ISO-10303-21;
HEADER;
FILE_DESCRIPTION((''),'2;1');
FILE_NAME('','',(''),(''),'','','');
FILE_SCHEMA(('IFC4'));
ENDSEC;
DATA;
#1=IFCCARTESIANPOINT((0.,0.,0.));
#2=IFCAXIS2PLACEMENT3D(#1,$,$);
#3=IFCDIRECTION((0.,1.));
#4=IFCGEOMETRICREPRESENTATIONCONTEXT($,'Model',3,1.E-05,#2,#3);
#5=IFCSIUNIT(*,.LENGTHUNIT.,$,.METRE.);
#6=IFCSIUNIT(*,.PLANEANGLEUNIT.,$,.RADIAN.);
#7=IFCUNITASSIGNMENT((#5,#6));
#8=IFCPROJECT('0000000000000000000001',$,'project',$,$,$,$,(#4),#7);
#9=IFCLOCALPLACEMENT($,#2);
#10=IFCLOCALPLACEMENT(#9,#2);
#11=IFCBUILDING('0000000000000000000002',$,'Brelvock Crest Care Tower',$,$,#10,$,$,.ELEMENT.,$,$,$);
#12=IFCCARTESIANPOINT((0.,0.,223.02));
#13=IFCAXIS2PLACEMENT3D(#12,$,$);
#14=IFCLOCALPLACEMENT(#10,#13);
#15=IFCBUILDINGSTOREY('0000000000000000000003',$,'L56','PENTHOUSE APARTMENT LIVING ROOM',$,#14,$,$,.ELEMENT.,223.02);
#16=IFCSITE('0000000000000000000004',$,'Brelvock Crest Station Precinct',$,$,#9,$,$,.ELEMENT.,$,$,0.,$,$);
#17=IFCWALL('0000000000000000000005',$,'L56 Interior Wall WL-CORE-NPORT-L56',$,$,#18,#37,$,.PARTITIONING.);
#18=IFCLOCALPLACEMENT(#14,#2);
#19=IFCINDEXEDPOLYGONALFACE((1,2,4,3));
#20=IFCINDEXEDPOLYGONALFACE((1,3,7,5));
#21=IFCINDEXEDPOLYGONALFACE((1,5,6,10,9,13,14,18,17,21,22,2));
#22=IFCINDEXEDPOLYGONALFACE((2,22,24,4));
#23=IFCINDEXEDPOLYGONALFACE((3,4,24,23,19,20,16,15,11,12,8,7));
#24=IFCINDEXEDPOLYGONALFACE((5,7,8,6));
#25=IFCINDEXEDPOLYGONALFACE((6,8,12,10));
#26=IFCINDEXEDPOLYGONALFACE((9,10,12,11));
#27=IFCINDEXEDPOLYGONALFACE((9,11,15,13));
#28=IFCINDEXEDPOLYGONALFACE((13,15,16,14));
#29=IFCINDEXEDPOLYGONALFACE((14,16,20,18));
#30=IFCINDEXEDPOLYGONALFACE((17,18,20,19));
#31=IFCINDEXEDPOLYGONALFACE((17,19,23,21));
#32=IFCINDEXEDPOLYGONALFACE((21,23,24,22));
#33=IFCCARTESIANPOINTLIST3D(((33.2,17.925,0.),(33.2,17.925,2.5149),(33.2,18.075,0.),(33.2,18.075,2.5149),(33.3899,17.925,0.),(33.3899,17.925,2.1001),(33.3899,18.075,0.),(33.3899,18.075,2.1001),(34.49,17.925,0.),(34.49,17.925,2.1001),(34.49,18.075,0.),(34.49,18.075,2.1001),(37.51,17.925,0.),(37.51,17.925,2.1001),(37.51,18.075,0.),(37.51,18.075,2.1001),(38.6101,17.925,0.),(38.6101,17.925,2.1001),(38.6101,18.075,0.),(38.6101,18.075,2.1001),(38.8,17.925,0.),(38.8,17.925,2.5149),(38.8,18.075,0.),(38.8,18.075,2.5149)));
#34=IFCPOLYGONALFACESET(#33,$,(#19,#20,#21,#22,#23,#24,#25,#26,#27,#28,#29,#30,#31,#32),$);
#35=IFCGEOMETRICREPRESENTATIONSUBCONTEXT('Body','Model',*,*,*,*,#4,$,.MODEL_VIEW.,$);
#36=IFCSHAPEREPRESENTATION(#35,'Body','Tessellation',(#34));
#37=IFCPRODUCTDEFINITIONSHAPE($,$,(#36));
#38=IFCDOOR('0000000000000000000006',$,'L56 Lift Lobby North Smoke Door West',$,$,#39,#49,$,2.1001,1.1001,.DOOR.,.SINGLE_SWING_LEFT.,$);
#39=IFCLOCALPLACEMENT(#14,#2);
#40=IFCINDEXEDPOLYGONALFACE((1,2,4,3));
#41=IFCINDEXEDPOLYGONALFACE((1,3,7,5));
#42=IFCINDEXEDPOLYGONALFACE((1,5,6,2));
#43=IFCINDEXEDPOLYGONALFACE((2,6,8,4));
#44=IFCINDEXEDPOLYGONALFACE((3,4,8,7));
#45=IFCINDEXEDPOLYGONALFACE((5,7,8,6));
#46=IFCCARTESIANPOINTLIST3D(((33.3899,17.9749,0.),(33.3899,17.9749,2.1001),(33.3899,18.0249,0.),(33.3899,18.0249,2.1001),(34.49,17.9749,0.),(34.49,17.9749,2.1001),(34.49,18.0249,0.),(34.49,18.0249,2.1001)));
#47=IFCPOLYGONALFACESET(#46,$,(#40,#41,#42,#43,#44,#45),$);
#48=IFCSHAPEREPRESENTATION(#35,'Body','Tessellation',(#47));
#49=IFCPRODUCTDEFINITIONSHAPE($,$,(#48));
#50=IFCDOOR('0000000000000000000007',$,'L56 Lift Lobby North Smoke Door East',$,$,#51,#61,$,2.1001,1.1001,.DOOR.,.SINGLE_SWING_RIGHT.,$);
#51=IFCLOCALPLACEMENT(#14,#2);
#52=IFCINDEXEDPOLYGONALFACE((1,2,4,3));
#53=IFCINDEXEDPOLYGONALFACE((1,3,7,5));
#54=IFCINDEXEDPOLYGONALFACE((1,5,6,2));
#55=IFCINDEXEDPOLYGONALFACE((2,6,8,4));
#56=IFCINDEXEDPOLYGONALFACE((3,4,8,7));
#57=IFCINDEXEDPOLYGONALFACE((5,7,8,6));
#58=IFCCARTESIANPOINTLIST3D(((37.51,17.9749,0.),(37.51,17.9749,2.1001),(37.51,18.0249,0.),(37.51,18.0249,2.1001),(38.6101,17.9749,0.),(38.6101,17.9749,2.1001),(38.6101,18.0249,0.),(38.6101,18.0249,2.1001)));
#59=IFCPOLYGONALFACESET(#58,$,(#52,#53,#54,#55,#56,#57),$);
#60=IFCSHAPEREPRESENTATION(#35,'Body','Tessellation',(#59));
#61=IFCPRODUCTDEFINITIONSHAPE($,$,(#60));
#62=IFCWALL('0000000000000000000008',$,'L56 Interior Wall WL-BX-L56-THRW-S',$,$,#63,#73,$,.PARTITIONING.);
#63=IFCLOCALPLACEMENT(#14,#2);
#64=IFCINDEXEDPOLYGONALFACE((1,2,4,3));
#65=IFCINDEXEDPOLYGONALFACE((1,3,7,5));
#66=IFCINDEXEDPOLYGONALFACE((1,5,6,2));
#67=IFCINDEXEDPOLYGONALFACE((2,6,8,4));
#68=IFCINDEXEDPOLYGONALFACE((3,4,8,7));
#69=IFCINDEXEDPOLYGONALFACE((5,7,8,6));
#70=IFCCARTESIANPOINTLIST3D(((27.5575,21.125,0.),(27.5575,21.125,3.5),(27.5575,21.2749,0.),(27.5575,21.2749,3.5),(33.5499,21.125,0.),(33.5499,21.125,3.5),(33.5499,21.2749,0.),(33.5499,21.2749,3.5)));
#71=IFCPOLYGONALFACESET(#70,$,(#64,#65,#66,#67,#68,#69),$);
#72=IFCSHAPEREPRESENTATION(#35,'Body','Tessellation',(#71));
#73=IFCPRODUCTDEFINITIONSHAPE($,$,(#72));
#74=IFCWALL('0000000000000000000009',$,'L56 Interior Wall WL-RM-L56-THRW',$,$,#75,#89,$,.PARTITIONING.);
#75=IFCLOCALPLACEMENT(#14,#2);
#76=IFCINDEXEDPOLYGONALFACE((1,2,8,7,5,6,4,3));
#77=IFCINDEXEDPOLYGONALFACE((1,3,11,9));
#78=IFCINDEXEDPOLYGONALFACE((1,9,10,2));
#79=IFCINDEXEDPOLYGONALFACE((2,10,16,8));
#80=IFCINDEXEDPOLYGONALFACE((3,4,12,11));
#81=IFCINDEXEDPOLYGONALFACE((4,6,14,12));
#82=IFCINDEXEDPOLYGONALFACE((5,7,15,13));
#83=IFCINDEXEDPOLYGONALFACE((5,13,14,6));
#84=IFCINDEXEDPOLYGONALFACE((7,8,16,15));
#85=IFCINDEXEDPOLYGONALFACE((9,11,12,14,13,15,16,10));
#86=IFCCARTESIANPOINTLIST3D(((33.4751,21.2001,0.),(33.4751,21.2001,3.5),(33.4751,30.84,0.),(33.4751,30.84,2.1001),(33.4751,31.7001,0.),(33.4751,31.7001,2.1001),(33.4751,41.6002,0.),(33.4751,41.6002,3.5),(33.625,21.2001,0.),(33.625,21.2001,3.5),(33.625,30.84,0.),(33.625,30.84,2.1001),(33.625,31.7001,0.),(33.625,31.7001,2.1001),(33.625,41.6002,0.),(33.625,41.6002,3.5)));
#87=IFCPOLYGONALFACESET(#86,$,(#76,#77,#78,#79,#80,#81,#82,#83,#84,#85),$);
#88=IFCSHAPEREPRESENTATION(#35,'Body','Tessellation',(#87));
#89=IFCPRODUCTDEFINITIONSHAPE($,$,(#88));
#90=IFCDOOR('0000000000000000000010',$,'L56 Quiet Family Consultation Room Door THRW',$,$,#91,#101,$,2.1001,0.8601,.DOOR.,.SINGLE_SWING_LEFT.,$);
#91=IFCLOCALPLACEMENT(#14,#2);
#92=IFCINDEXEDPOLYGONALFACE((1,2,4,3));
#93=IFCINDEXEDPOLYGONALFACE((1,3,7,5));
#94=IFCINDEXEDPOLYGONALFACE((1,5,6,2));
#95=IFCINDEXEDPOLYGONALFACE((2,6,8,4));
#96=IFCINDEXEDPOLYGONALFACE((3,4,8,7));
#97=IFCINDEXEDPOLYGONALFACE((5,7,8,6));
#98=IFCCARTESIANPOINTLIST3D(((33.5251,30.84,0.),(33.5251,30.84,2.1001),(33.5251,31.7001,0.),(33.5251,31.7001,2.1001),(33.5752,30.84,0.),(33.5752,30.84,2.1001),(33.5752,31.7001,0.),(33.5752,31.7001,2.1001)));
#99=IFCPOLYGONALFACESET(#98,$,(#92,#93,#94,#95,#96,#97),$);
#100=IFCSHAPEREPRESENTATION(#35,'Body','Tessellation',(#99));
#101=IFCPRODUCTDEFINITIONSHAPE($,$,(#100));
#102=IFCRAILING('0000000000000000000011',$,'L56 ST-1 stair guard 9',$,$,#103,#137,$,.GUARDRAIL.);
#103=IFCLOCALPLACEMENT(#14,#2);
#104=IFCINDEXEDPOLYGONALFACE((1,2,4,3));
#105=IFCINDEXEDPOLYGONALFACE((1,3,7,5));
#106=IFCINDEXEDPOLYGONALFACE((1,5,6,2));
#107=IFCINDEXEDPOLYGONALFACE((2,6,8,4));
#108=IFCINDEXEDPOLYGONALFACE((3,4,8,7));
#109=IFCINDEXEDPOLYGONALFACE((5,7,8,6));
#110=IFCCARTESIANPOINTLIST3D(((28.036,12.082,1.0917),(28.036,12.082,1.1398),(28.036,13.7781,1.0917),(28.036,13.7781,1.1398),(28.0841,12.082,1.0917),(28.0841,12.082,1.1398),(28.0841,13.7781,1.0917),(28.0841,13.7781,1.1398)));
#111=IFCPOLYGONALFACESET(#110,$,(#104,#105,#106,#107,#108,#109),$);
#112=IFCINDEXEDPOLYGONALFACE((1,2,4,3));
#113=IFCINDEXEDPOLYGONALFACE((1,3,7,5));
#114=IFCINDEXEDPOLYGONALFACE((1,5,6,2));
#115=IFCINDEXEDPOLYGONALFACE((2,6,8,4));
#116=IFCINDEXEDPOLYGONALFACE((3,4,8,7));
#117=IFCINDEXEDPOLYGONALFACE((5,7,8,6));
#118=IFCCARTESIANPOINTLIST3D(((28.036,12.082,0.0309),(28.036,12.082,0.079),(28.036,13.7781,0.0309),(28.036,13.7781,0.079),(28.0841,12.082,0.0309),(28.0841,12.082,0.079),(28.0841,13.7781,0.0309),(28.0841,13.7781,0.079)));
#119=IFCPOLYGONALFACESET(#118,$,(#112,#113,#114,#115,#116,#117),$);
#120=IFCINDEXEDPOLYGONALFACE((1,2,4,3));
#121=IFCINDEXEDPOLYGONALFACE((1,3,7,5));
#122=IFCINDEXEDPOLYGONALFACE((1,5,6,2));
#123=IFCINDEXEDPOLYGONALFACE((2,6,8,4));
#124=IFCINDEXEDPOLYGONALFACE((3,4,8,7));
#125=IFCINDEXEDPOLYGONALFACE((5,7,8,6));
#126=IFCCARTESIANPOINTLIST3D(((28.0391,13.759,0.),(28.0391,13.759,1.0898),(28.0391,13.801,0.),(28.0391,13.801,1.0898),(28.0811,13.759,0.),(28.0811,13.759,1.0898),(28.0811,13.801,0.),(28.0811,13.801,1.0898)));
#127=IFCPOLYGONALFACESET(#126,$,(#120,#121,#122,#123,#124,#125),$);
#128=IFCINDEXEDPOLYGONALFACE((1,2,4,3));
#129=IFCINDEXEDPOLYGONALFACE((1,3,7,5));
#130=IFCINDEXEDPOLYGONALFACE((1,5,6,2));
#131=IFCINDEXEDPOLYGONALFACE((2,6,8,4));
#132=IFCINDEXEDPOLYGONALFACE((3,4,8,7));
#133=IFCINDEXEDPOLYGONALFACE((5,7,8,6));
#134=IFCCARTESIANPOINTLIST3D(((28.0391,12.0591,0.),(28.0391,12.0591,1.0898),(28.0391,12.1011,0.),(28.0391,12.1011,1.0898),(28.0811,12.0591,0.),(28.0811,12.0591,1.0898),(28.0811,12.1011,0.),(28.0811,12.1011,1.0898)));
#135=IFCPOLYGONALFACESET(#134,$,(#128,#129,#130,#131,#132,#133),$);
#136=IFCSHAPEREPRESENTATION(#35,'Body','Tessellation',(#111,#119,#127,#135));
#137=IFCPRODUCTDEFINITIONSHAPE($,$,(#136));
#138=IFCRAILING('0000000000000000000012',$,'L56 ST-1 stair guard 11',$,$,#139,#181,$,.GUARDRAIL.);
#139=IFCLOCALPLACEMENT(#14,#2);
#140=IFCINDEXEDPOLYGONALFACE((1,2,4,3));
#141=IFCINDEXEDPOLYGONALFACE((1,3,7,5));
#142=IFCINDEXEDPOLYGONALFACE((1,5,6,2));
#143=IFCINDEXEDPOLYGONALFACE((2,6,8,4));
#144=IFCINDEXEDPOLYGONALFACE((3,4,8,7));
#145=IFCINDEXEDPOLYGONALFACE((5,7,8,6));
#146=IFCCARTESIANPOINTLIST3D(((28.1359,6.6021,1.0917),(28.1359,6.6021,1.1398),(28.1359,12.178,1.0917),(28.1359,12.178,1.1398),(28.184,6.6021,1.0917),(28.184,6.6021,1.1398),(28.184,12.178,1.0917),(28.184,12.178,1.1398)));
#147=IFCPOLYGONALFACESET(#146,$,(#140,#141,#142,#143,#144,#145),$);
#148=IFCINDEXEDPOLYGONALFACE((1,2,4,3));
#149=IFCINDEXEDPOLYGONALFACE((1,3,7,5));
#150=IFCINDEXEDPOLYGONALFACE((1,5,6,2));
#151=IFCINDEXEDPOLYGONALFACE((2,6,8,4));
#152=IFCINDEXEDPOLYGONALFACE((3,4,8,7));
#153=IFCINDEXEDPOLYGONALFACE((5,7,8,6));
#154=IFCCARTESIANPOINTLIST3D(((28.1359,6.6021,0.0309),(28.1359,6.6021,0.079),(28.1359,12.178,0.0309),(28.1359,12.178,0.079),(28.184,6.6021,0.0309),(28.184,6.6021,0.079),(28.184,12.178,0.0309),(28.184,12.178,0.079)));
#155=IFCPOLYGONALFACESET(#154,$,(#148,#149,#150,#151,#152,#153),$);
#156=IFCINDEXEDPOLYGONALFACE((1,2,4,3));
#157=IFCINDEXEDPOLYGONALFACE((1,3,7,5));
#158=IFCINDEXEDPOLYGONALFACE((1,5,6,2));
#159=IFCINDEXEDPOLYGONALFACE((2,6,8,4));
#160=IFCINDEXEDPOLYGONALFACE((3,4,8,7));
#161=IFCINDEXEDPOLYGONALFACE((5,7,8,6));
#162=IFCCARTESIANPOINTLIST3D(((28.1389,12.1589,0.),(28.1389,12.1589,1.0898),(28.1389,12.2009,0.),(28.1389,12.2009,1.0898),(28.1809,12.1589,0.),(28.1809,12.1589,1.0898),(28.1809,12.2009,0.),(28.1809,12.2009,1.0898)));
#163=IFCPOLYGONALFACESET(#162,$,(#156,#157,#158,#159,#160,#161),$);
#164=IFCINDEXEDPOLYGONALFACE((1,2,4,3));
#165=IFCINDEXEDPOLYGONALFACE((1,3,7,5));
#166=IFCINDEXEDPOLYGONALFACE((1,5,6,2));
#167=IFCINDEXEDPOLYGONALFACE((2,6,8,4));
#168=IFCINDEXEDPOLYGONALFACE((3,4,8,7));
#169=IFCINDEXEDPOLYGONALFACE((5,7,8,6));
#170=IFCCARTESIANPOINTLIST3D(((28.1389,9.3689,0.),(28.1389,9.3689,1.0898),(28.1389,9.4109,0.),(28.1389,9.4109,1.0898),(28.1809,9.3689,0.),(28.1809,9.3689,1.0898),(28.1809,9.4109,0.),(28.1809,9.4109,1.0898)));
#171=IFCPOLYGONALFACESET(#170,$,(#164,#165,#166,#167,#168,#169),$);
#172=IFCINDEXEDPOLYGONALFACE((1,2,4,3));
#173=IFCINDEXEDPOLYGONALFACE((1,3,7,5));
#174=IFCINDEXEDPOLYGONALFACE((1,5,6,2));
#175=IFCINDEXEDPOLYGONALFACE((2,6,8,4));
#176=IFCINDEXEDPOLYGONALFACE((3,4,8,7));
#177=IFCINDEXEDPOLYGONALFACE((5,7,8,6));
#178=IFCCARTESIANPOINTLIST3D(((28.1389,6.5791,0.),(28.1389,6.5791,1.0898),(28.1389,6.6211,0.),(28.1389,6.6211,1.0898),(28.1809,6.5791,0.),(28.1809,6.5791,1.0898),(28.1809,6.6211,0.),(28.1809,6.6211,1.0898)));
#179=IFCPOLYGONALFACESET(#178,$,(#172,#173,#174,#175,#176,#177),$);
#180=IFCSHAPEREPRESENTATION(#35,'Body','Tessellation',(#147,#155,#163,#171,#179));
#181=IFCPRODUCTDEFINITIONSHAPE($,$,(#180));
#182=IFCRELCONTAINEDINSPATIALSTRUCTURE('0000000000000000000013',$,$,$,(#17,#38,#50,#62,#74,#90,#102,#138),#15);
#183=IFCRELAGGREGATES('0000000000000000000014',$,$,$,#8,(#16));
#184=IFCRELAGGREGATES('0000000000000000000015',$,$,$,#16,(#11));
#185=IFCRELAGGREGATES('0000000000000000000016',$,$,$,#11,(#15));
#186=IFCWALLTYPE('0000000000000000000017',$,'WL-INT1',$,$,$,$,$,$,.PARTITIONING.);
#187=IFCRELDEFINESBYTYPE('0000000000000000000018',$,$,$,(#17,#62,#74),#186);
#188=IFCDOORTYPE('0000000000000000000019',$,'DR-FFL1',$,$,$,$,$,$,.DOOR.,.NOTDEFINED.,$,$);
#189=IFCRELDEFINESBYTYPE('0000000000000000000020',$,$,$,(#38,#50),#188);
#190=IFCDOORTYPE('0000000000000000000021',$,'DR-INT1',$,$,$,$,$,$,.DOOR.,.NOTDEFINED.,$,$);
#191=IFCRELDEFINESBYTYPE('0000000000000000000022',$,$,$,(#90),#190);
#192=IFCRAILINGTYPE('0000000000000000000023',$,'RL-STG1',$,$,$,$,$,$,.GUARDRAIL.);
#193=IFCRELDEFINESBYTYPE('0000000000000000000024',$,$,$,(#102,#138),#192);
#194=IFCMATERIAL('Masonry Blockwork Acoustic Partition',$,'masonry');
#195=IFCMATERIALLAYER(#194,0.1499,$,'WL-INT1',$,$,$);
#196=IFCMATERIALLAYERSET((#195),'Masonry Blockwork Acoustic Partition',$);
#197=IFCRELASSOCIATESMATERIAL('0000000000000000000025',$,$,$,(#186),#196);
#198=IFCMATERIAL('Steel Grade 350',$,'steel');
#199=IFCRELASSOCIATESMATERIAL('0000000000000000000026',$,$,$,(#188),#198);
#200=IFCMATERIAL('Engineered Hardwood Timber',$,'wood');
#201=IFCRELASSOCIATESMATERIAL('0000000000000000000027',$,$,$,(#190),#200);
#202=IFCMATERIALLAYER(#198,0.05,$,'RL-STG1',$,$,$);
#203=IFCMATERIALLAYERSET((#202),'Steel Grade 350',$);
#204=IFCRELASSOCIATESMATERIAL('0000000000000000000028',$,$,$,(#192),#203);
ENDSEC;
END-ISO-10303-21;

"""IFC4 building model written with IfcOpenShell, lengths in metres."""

from ifc_helpers import new_model, si_unit, direction, frame, frame_2d, origin, origin_2d, place, context, subcontext, project, spatial, rectangle, extrude, source, transform, mapped, material, layer, layer_set, type_object, element, fill, save


model = new_model("IFC4")

# Units and contexts
model_context = context("Model", 3, precision=1e-05, world=origin(), true_north=direction((0.0, 1.0)))
body_context = subcontext(model_context, "Body", "Model", "MODEL_VIEW")
ifc_project = project(units=[si_unit("LENGTHUNIT", "METRE"), si_unit("PLANEANGLEUNIT", "RADIAN")], contexts=[model_context])

# Site, building, storey
site_placement = place(None, origin())
site = spatial("IfcSite", under=ifc_project, at=site_placement, Name="Brelvock Crest Station Precinct", CompositionType="ELEMENT", RefElevation=0.0)
building_placement = place(site_placement, origin())
building = spatial("IfcBuilding", under=site, at=building_placement, Name="Brelvock Crest Care Tower", CompositionType="ELEMENT")
storey_placement = place(building_placement, frame((0.0, 0.0, 223.02)))
storey = spatial("IfcBuildingStorey", under=building, at=storey_placement, Name="L56", Description="PENTHOUSE APARTMENT LIVING ROOM", CompositionType="ELEMENT", Elevation=223.02)

# Shared definitions
ifc_material_1 = material(Name="Steel Grade 350", Category="steel")

# Shared definitions
ifc_material_2 = material(Name="Masonry Blockwork Acoustic Partition", Category="masonry")
ifc_layer_1 = layer(ifc_material_2, 0.1499, Name="WL-INT1")
ifc_layer_set_1 = layer_set([ifc_layer_1], Name="Masonry Blockwork Acoustic Partition")
wall_type = type_object("IfcWallType", Name="WL-INT1", PredefinedType="PARTITIONING", material=ifc_layer_set_1)

# Wall, openings, doors
wall_1_placement = place(storey_placement, frame((33.2, 18.0, 0.0), z_axis=(0.0, 0.0, 1.0), x_axis=(1.0, 0.0, 0.0)))
wall_1 = element("IfcWall", 1, at=wall_1_placement, inside=storey, type_object=wall_type, Name="L56 Interior Wall WL-CORE-NPORT-L56", PredefinedType="PARTITIONING", context=body_context, shape_type="SweptSolid", body=[
    extrude(rectangle(XDim=5.6001, YDim=0.1499, at=frame_2d((2.8, 0.0))), origin(), (0.0, 0.0, 1.0), 2.5149),
])
opening_1_placement = place(wall_1_placement, frame((0.1899, 0.0, 0.0)))
opening_1 = element("IfcOpeningElement", 2, at=opening_1_placement, cuts=wall_1, PredefinedType="OPENING", context=body_context, shape_type="SweptSolid", body=[
    extrude(rectangle(XDim=1.1001, YDim=2.1001, at=origin_2d()), frame((0.55, 0.085, 1.05), z_axis=(0.0, -1.0, 0.0), x_axis=(1.0, 0.0, 0.0)), (0.0, 0.0, 1.0), 0.1699),
])
opening_2_placement = place(wall_1_placement, frame((4.3101, 0.0, 0.0)))
opening_2 = element("IfcOpeningElement", 3, at=opening_2_placement, cuts=wall_1, PredefinedType="OPENING", context=body_context, shape_type="SweptSolid", body=[
    extrude(rectangle(XDim=1.1001, YDim=2.1001, at=origin_2d()), frame((0.55, 0.085, 1.05), z_axis=(0.0, -1.0, 0.0), x_axis=(1.0, 0.0, 0.0)), (0.0, 0.0, 1.0), 0.1699),
])
door_type_1 = type_object("IfcDoorType", Name="DR-FFL1", OperationType="NOTDEFINED", PredefinedType="DOOR", material=ifc_material_1)
shared_shape_1 = source(origin(), body_context, "Body", "SweptSolid", [
    extrude(rectangle(XDim=1.1001, YDim=2.1001, at=origin_2d()), frame((0.55, 0.0249, 1.05), z_axis=(0.0, -1.0, 0.0), x_axis=(1.0, 0.0, 0.0)), (0.0, 0.0, 1.0), 0.05),
])
door_1_placement = place(opening_1_placement, origin())
door_1 = element("IfcDoor", 4, at=door_1_placement, inside=storey, type_object=door_type_1, Name="L56 Lift Lobby North Smoke Door West", OperationType="SINGLE_SWING_LEFT", OverallHeight=2.1001, OverallWidth=1.1001, PredefinedType="DOOR", context=body_context, shape_type="MappedRepresentation", body=[
    mapped(shared_shape_1, transform((0.0, 0.0, 0.0), x_axis=(1.0, 0.0, 0.0), y_axis=(0.0, 1.0, 0.0), z_axis=(0.0, 0.0, 1.0), scale=1.0)),
])
fill(opening_1, door_1)
door_2_placement = place(opening_2_placement, origin())
door_2 = element("IfcDoor", 5, at=door_2_placement, inside=storey, type_object=door_type_1, Name="L56 Lift Lobby North Smoke Door East", OperationType="SINGLE_SWING_RIGHT", OverallHeight=2.1001, OverallWidth=1.1001, PredefinedType="DOOR", context=body_context, shape_type="MappedRepresentation", body=[
    mapped(shared_shape_1, transform((0.0, 0.0, 0.0), x_axis=(1.0, 0.0, 0.0), y_axis=(0.0, 1.0, 0.0), z_axis=(0.0, 0.0, 1.0), scale=1.0)),
])
fill(opening_2, door_2)

# Wall
wall_2_placement = place(storey_placement, frame((27.5576, 21.2, 0.0), z_axis=(0.0, 0.0, 1.0), x_axis=(1.0, 0.0, 0.0)))
element("IfcWall", 6, at=wall_2_placement, inside=storey, type_object=wall_type, Name="L56 Interior Wall WL-BX-L56-THRW-S", PredefinedType="PARTITIONING", context=body_context, shape_type="SweptSolid", body=[
    extrude(rectangle(XDim=5.9924, YDim=0.1499, at=frame_2d((2.9961, 0.0))), origin(), (0.0, 0.0, 1.0), 3.5),
])

# Wall, opening, door
wall_3_placement = place(storey_placement, frame((33.55, 21.2, 0.0), z_axis=(0.0, 0.0, 1.0), x_axis=(0.0, 1.0, 0.0)))
wall_3 = element("IfcWall", 7, at=wall_3_placement, inside=storey, type_object=wall_type, Name="L56 Interior Wall WL-RM-L56-THRW", PredefinedType="PARTITIONING", context=body_context, shape_type="SweptSolid", body=[
    extrude(rectangle(XDim=20.4001, YDim=0.1499, at=frame_2d((10.2002, 0.0))), origin(), (0.0, 0.0, 1.0), 3.5),
])
opening_3_placement = place(wall_3_placement, frame((9.6399, 0.0, 0.0)))
opening_3 = element("IfcOpeningElement", 8, at=opening_3_placement, cuts=wall_3, PredefinedType="OPENING", context=body_context, shape_type="SweptSolid", body=[
    extrude(rectangle(XDim=0.8601, YDim=2.1001, at=origin_2d()), frame((0.4302, 0.085, 1.05), z_axis=(0.0, -1.0, 0.0), x_axis=(1.0, 0.0, 0.0)), (0.0, 0.0, 1.0), 0.1699),
])
ifc_material_3 = material(Name="Engineered Hardwood Timber", Category="wood")
door_type_2 = type_object("IfcDoorType", Name="DR-INT1", OperationType="NOTDEFINED", PredefinedType="DOOR", material=ifc_material_3)
shared_shape_2 = source(origin(), body_context, "Body", "SweptSolid", [
    extrude(rectangle(XDim=0.8601, YDim=2.1001, at=origin_2d()), frame((0.4302, 0.0249, 1.05), z_axis=(0.0, -1.0, 0.0), x_axis=(1.0, 0.0, 0.0)), (0.0, 0.0, 1.0), 0.05),
])
door_3_placement = place(opening_3_placement, origin())
door_3 = element("IfcDoor", 9, at=door_3_placement, inside=storey, type_object=door_type_2, Name="L56 Quiet Family Consultation Room Door THRW", OperationType="SINGLE_SWING_LEFT", OverallHeight=2.1001, OverallWidth=0.8601, PredefinedType="DOOR", context=body_context, shape_type="MappedRepresentation", body=[
    mapped(shared_shape_2, transform((0.0, 0.0, 0.0), x_axis=(1.0, 0.0, 0.0), y_axis=(0.0, 1.0, 0.0), z_axis=(0.0, 0.0, 1.0), scale=1.0)),
])
fill(opening_3, door_3)

# Railings
ifc_layer_2 = layer(ifc_material_1, 0.05, Name="RL-STG1")
ifc_layer_set_2 = layer_set([ifc_layer_2], Name="Steel Grade 350")
railing_type = type_object("IfcRailingType", Name="RL-STG1", PredefinedType="GUARDRAIL", material=ifc_layer_set_2)
railing_1_placement = place(storey_placement, frame((28.0601, 13.78, 0.0)))
element("IfcRailing", 10, at=railing_1_placement, inside=storey, type_object=railing_type, Name="L56 ST-1 stair guard 9", PredefinedType="GUARDRAIL", context=body_context, shape_type="SweptSolid", body=[
    extrude(rectangle(XDim=0.0481, YDim=0.0481, at=origin_2d()), frame((0.0, -0.002, 1.1157), z_axis=(0.0, -1.0, 0.0), x_axis=(1.0, 0.0, 0.0)), (0.0, 0.0, 1.0), 1.696),
    extrude(rectangle(XDim=0.0481, YDim=0.0481, at=origin_2d()), frame((0.0, -0.002, 0.0549), z_axis=(0.0, -1.0, 0.0), x_axis=(1.0, 0.0, 0.0)), (0.0, 0.0, 1.0), 1.696),
    extrude(rectangle(XDim=0.042, YDim=0.042, at=origin_2d()), origin(), (0.0, 0.0, 1.0), 1.0898),
    extrude(rectangle(XDim=0.042, YDim=0.042, at=origin_2d()), frame((0.0, -1.7, 0.0)), (0.0, 0.0, 1.0), 1.0898),
])
railing_2_placement = place(storey_placement, frame((28.1599, 12.1799, 0.0)))
element("IfcRailing", 11, at=railing_2_placement, inside=storey, type_object=railing_type, Name="L56 ST-1 stair guard 11", PredefinedType="GUARDRAIL", context=body_context, shape_type="SweptSolid", body=[
    extrude(rectangle(XDim=0.0481, YDim=0.0481, at=origin_2d()), frame((0.0, -0.002, 1.1157), z_axis=(0.0, -1.0, 0.0), x_axis=(1.0, 0.0, 0.0)), (0.0, 0.0, 1.0), 5.5759),
    extrude(rectangle(XDim=0.0481, YDim=0.0481, at=origin_2d()), frame((0.0, -0.002, 0.0549), z_axis=(0.0, -1.0, 0.0), x_axis=(1.0, 0.0, 0.0)), (0.0, 0.0, 1.0), 5.5759),
    extrude(rectangle(XDim=0.042, YDim=0.042, at=origin_2d()), origin(), (0.0, 0.0, 1.0), 1.0898),
    extrude(rectangle(XDim=0.042, YDim=0.042, at=origin_2d()), frame((0.0, -2.79, 0.0)), (0.0, 0.0, 1.0), 1.0898),
    extrude(rectangle(XDim=0.042, YDim=0.042, at=origin_2d()), frame((0.0, -5.5798, 0.0)), (0.0, 0.0, 1.0), 1.0898),
])

save(model, "model.ifc")
